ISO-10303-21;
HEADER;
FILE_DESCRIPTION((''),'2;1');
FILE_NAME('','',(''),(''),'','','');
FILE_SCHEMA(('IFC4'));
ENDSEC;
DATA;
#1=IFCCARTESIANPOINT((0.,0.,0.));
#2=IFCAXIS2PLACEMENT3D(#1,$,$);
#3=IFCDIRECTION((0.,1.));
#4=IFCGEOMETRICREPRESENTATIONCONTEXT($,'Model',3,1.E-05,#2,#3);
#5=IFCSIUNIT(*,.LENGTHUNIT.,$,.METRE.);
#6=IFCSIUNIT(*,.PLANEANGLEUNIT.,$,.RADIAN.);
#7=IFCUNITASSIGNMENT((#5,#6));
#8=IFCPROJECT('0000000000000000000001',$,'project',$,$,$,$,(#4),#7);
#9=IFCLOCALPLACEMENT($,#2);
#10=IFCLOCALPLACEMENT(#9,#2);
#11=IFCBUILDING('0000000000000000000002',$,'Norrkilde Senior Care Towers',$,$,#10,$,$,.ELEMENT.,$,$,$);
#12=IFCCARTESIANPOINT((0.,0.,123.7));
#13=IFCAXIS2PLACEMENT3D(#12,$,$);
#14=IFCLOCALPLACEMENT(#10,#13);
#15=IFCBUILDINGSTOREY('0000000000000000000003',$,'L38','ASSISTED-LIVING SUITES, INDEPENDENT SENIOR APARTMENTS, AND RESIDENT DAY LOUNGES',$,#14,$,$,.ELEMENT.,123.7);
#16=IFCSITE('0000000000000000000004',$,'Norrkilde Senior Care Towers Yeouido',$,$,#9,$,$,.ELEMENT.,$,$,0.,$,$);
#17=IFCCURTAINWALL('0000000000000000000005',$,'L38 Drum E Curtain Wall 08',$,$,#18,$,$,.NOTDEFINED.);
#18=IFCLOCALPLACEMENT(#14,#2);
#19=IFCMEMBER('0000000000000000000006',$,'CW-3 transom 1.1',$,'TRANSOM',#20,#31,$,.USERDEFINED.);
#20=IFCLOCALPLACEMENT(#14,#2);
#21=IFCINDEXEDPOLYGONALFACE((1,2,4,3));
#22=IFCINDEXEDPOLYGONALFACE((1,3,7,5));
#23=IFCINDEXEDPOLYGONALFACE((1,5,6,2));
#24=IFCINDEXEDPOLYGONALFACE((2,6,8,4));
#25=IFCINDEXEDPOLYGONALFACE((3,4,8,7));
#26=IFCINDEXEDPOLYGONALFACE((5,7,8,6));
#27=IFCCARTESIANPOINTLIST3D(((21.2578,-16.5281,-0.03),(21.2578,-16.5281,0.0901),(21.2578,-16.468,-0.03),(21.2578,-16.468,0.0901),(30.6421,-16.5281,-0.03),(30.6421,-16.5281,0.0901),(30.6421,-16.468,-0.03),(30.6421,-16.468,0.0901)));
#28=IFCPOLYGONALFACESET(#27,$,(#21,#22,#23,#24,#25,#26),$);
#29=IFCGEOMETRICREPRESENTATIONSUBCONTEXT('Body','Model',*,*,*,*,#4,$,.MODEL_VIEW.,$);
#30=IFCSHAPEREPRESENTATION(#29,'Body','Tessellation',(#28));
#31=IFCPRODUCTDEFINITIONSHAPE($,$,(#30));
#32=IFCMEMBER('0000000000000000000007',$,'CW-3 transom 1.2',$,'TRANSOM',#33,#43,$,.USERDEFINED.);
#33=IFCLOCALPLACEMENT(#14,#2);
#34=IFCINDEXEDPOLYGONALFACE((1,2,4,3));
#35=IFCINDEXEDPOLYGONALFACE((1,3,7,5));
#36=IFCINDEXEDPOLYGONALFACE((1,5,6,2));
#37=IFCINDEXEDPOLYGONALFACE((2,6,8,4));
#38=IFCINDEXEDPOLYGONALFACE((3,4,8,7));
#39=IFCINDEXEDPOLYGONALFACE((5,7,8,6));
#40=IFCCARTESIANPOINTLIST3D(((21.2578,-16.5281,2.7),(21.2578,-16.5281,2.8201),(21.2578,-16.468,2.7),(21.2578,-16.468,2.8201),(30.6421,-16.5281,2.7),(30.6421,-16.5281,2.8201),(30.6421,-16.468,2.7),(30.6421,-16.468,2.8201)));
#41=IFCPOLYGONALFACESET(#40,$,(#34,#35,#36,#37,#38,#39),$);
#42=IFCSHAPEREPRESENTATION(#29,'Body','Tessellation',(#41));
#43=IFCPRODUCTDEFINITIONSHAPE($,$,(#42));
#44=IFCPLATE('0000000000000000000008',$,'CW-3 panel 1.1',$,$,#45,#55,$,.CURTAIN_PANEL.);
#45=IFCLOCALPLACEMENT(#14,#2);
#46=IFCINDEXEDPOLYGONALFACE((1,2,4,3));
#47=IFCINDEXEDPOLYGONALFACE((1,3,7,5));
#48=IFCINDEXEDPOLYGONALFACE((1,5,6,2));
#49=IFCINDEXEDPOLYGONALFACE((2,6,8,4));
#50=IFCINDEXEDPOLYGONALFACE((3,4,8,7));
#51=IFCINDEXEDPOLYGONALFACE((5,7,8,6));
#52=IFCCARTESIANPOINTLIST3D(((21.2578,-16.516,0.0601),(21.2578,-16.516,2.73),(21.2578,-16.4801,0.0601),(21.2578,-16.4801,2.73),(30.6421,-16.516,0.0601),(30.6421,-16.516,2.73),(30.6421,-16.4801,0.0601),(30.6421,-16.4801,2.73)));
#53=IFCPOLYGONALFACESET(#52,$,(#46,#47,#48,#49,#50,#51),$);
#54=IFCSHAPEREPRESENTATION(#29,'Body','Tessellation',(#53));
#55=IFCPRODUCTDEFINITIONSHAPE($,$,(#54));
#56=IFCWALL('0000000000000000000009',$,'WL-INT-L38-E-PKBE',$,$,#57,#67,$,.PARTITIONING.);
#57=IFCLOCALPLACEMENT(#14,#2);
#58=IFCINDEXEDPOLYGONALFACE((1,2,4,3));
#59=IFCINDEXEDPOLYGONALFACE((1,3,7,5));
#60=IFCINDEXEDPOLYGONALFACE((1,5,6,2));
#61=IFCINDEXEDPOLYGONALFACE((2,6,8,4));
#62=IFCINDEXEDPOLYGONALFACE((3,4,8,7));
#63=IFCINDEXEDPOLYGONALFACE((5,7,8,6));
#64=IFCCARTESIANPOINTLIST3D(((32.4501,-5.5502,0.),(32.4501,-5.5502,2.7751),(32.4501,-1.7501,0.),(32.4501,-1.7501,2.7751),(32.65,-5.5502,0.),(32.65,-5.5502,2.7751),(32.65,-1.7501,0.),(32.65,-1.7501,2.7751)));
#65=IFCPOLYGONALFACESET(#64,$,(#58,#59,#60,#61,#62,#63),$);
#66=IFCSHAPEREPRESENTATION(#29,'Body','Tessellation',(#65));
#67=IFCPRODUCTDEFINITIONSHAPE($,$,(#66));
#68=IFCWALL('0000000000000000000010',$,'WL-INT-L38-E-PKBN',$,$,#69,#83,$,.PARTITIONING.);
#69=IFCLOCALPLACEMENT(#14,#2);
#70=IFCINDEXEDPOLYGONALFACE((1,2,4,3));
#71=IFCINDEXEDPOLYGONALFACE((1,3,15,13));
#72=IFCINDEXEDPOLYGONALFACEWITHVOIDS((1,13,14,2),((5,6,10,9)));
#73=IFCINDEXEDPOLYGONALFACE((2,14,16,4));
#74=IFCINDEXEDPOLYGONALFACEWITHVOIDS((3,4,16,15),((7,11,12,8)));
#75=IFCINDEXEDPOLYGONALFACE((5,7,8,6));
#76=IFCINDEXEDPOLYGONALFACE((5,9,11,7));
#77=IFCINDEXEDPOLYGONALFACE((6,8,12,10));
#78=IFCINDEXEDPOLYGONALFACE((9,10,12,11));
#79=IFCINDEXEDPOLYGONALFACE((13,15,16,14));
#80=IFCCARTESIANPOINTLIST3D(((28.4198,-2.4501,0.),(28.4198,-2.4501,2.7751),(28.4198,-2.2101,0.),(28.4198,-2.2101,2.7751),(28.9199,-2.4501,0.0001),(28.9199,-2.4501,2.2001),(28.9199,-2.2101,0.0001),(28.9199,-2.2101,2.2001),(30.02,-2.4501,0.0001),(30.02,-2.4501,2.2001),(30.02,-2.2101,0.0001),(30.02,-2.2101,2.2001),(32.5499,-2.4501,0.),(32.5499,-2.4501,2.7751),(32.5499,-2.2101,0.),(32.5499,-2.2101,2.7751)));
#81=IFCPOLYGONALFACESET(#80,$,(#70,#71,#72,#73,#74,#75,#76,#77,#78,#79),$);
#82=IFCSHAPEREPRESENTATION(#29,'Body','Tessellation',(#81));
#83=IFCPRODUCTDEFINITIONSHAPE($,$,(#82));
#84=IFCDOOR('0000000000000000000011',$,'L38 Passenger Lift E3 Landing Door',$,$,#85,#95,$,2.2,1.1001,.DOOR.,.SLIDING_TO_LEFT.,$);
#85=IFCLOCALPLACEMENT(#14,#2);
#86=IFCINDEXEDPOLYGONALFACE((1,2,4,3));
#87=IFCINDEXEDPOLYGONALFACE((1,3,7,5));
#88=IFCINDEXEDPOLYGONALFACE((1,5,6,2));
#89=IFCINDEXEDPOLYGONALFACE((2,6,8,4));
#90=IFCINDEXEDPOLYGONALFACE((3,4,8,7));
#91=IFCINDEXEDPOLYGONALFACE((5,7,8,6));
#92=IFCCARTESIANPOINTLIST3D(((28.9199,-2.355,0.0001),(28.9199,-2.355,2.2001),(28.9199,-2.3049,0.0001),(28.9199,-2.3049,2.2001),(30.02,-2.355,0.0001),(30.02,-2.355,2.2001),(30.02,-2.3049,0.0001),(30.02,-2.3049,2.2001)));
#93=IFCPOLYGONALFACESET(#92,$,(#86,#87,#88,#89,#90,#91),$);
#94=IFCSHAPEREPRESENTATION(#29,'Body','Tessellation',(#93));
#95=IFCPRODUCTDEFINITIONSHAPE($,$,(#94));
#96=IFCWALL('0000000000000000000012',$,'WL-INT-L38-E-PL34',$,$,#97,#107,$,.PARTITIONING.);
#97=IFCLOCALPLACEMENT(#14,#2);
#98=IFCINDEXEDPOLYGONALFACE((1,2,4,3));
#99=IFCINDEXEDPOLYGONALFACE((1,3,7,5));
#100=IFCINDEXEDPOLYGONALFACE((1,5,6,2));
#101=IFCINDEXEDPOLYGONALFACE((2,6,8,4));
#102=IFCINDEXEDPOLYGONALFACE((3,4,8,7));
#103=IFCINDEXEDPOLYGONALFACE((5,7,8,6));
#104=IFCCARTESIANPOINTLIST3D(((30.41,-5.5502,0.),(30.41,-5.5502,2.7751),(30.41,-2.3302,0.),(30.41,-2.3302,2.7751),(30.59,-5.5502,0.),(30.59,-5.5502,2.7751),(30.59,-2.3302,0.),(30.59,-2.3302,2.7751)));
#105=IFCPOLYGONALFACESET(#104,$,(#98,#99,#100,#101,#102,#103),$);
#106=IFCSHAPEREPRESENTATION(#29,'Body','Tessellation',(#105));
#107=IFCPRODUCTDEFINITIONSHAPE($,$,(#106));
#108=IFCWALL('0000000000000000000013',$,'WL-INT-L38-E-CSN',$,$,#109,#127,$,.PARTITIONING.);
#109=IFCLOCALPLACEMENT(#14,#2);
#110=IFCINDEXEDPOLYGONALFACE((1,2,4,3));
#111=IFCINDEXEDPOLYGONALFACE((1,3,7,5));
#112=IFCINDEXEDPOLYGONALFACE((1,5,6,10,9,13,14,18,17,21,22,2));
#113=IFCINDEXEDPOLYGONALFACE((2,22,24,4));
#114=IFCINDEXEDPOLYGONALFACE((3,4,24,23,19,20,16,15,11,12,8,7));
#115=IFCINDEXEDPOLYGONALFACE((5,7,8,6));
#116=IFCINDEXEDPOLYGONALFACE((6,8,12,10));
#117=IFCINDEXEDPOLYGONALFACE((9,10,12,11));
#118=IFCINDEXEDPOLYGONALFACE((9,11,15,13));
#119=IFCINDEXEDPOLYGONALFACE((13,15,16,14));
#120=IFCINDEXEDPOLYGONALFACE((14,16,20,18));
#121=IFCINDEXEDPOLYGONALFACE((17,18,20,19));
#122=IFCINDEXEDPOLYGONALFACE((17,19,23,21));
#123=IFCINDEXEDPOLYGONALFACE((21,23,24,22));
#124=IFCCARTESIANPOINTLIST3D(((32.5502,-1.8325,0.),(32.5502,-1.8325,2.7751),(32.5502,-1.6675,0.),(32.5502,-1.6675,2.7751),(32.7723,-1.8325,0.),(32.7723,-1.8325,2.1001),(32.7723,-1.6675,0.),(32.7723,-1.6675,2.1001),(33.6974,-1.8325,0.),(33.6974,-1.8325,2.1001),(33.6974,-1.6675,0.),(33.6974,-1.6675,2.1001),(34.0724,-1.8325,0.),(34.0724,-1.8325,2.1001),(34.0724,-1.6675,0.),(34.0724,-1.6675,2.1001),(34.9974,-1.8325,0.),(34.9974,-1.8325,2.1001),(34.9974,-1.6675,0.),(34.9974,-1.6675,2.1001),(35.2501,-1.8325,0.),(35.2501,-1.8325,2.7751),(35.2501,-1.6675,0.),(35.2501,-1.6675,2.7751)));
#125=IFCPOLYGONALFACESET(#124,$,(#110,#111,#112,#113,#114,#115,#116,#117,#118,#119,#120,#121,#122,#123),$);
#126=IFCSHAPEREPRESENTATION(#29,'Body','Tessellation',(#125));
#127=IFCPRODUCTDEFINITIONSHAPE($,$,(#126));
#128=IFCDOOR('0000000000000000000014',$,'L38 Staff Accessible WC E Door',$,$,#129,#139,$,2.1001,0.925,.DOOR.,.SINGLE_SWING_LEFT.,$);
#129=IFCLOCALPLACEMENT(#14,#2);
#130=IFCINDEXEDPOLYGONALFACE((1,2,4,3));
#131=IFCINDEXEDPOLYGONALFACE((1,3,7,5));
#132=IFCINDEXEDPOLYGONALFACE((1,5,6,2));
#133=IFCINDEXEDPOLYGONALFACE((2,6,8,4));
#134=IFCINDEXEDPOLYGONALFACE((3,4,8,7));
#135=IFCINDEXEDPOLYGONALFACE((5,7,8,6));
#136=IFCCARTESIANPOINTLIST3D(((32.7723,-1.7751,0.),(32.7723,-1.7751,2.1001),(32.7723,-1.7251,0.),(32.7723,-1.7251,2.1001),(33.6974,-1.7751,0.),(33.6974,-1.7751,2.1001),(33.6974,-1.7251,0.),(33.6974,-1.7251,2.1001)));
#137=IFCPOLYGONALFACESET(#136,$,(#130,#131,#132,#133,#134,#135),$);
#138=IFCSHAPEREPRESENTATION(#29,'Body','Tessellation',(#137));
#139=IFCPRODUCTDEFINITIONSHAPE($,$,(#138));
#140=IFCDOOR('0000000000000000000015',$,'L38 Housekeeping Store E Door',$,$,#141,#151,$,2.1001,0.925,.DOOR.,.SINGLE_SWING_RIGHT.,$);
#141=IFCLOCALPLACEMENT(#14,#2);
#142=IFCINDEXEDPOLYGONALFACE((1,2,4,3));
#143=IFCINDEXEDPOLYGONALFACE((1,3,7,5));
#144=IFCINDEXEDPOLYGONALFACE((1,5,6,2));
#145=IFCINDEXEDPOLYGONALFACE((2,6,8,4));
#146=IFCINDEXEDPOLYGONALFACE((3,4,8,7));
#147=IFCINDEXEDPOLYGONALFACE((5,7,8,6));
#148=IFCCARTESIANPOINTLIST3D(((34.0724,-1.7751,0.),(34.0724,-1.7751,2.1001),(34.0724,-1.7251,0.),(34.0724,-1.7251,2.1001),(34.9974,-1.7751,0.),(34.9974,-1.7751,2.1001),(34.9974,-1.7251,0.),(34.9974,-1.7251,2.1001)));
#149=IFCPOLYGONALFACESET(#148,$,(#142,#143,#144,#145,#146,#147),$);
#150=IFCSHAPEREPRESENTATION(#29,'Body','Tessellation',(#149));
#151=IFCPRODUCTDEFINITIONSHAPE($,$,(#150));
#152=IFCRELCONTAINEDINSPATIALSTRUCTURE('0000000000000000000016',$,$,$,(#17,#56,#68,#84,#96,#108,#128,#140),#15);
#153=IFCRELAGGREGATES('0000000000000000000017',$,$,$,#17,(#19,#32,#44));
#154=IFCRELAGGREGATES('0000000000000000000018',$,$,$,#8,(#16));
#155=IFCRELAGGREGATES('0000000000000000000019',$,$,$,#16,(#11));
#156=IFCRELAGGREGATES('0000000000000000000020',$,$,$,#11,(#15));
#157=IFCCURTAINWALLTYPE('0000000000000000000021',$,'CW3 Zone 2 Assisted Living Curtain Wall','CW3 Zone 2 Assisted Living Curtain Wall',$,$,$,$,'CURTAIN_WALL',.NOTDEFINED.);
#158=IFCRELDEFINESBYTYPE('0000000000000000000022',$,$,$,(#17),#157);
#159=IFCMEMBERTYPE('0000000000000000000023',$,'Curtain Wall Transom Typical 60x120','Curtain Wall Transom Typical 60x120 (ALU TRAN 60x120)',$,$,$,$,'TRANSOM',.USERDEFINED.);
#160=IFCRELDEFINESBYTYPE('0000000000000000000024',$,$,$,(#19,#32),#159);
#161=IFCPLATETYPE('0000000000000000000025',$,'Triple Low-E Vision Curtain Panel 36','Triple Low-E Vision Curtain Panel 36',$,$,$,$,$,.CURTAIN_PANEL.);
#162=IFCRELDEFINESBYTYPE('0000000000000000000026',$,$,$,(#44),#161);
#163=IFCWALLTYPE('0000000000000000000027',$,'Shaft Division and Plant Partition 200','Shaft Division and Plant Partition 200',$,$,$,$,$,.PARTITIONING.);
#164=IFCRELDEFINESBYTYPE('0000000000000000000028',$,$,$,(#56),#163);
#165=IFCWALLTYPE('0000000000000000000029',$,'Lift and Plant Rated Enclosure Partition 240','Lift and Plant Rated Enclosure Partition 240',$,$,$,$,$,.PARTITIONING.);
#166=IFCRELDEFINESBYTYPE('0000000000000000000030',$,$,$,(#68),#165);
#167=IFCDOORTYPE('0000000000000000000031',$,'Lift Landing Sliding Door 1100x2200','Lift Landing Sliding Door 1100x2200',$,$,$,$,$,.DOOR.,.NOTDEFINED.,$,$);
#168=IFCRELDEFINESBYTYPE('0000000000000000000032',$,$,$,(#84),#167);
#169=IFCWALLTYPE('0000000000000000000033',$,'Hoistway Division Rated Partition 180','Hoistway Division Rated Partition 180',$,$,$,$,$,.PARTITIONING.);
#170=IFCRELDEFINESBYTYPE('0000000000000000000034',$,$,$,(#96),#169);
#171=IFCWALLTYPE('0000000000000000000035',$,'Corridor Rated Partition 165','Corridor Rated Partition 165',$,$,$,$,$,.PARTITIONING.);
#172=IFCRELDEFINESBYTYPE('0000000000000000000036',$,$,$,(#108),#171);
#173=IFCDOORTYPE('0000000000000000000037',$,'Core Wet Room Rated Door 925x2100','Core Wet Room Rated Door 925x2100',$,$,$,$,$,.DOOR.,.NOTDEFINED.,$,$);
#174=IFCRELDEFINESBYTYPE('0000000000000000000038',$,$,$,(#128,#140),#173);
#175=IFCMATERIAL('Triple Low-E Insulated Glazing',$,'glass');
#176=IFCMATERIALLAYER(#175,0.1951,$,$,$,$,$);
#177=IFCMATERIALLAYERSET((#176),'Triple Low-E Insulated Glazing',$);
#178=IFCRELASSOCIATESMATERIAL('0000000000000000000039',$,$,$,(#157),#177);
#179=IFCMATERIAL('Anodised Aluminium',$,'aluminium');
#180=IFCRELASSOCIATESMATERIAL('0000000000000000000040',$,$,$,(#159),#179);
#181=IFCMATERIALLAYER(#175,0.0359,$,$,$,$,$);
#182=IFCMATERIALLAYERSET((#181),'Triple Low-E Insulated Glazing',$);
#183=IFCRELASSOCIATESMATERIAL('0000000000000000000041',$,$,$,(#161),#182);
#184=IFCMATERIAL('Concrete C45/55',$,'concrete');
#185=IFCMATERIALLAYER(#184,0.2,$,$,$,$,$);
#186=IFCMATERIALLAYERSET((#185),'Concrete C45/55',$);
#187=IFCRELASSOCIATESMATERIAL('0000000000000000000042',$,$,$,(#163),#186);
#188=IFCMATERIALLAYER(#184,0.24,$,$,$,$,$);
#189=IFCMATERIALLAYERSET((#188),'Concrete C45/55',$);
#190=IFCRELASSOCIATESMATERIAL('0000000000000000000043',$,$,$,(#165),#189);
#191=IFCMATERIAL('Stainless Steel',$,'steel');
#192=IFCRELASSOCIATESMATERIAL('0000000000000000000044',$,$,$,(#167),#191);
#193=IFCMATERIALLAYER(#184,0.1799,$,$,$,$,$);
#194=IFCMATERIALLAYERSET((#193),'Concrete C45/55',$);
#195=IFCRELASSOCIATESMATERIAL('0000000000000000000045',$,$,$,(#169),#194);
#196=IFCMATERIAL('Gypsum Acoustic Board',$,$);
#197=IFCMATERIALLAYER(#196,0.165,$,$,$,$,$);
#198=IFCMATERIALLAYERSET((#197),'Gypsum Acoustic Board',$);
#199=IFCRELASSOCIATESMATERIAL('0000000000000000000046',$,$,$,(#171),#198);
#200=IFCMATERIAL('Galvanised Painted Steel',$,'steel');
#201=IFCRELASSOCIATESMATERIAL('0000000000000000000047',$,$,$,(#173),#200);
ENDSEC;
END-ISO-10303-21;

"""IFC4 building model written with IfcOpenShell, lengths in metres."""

from ifc_helpers import new_model, si_unit, direction, frame, frame_2d, origin, origin_2d, place, context, subcontext, project, spatial, rectangle, extrude, source, transform, mapped, material, layer, layer_set, material_profile, profile_set, type_object, type_shapes, element, fill, aggregate, save


model = new_model("IFC4")

# Units and contexts
model_context = context("Model", 3, precision=1e-05, world=origin(), true_north=direction((0.0, 1.0)))
body_context = subcontext(model_context, "Body", "Model", "MODEL_VIEW")
ifc_project = project(units=[si_unit("LENGTHUNIT", "METRE"), si_unit("PLANEANGLEUNIT", "RADIAN")], contexts=[model_context])

# Site, building, storey
site_placement = place(None, origin())
site = spatial("IfcSite", under=ifc_project, at=site_placement, Name="Norrkilde Senior Care Towers Yeouido", CompositionType="ELEMENT", RefElevation=0.0)
building_placement = place(site_placement, origin())
building = spatial("IfcBuilding", under=site, at=building_placement, Name="Norrkilde Senior Care Towers", CompositionType="ELEMENT")
storey_placement = place(building_placement, frame((0.0, 0.0, 123.7)))
storey = spatial("IfcBuildingStorey", under=building, at=storey_placement, Name="L38", Description="ASSISTED-LIVING SUITES, INDEPENDENT SENIOR APARTMENTS, AND RESIDENT DAY LOUNGES", CompositionType="ELEMENT", Elevation=123.7)

# Curtain wall
ifc_material_1 = material(Name="Triple Low-E Insulated Glazing", Category="glass")
ifc_layer_1 = layer(ifc_material_1, 0.1951)
ifc_layer_set_1 = layer_set([ifc_layer_1], Name="Triple Low-E Insulated Glazing")
curtain_wall_type = type_object("IfcCurtainWallType", Name="CW3 Zone 2 Assisted Living Curtain Wall", Description="CW3 Zone 2 Assisted Living Curtain Wall", ElementType="CURTAIN_WALL", PredefinedType="NOTDEFINED", material=ifc_layer_set_1)
curtain_wall_1_placement = place(storey_placement, origin())
curtain_wall_1 = element("IfcCurtainWall", 1, at=curtain_wall_1_placement, inside=storey, type_object=curtain_wall_type, Name="L38 Drum E Curtain Wall 08", PredefinedType="NOTDEFINED")
ifc_material_2 = material(Name="Anodised Aluminium", Category="aluminium")

# Members
ifc_material_profile_1 = material_profile(ifc_material_2, rectangle(XDim=0.0601, YDim=0.1201, at=origin_2d()), Name="ALU TRAN 60x120")
ifc_profile_set_1 = profile_set([ifc_material_profile_1], Name="Anodised Aluminium")
member_type_1 = type_object("IfcMemberType", Name="Curtain Wall Transom Typical 60x120", Description="Curtain Wall Transom Typical 60x120 (ALU TRAN 60x120)", ElementType="TRANSOM", PredefinedType="USERDEFINED", material=ifc_profile_set_1)
shared_shape_1 = source(origin(), body_context, "Body", "SweptSolid", [
    extrude(rectangle(XDim=0.0601, YDim=0.1201, at=origin_2d()), origin(), (0.0, 0.0, 1.0), 9.3843),
])
type_shapes(member_type_1, [shared_shape_1])
member_1_placement = place(storey_placement, frame((30.6421, -16.498, 0.03), z_axis=(-1.0, 0.0, 0.0), x_axis=(0.0, -1.0, 0.0)))
member_1 = element("IfcMember", 2, at=member_1_placement, type_object=member_type_1, Name="CW-3 transom 1.1", ObjectType="TRANSOM", PredefinedType="USERDEFINED", context=body_context, shape_type="MappedRepresentation", body=[
    mapped(shared_shape_1, transform((0.0, 0.0, 0.0), x_axis=(1.0, 0.0, 0.0), y_axis=(0.0, 1.0, 0.0), z_axis=(0.0, 0.0, 1.0), scale=1.0)),
])
member_2_placement = place(storey_placement, frame((30.6421, -16.498, 2.76), z_axis=(-1.0, 0.0, 0.0), x_axis=(0.0, -1.0, 0.0)))
member_2 = element("IfcMember", 3, at=member_2_placement, type_object=member_type_1, Name="CW-3 transom 1.2", ObjectType="TRANSOM", PredefinedType="USERDEFINED", context=body_context, shape_type="MappedRepresentation", body=[
    mapped(shared_shape_1, transform((0.0, 0.0, 0.0), x_axis=(1.0, 0.0, 0.0), y_axis=(0.0, 1.0, 0.0), z_axis=(0.0, 0.0, 1.0), scale=1.0)),
])

# Plate
ifc_layer_2 = layer(ifc_material_1, 0.0359)
ifc_layer_set_2 = layer_set([ifc_layer_2], Name="Triple Low-E Insulated Glazing")
plate_type = type_object("IfcPlateType", Name="Triple Low-E Vision Curtain Panel 36", Description="Triple Low-E Vision Curtain Panel 36", PredefinedType="CURTAIN_PANEL", material=ifc_layer_set_2)
shared_shape_2 = source(origin(), body_context, "Body", "SweptSolid", [
    extrude(rectangle(XDim=9.3843, YDim=0.0359, at=origin_2d()), origin(), (0.0, 0.0, 1.0), 2.6699),
])
type_shapes(plate_type, [shared_shape_2])
plate_placement = place(storey_placement, frame((25.95, -16.498, 0.0601), z_axis=(0.0, 0.0, 1.0), x_axis=(-1.0, 0.0, 0.0)))
plate = element("IfcPlate", 4, at=plate_placement, type_object=plate_type, Name="CW-3 panel 1.1", PredefinedType="CURTAIN_PANEL", context=body_context, shape_type="MappedRepresentation", body=[
    mapped(shared_shape_2, transform((0.0, 0.0, 0.0), x_axis=(1.0, 0.0, 0.0), y_axis=(0.0, 1.0, 0.0), z_axis=(0.0, 0.0, 1.0), scale=1.0)),
])
aggregate(curtain_wall_1, [member_1, member_2, plate])

# Wall
ifc_material_3 = material(Name="Concrete C45/55", Category="concrete")
ifc_layer_3 = layer(ifc_material_3, 0.2)
ifc_layer_set_3 = layer_set([ifc_layer_3], Name="Concrete C45/55")
wall_type_1 = type_object("IfcWallType", Name="Shaft Division and Plant Partition 200", Description="Shaft Division and Plant Partition 200", PredefinedType="PARTITIONING", material=ifc_layer_set_3)
shared_shape_3 = source(origin(), body_context, "Body", "SweptSolid", [
    extrude(rectangle(XDim=3.8, YDim=0.2, at=frame_2d((1.8999, 0.0))), origin(), (0.0, 0.0, 1.0), 2.7751),
])
type_shapes(wall_type_1, [shared_shape_3])
wall_1_placement = place(storey_placement, frame((32.55, -5.55, 0.0), z_axis=(0.0, 0.0, 1.0), x_axis=(0.0, 1.0, 0.0)))
element("IfcWall", 5, at=wall_1_placement, inside=storey, type_object=wall_type_1, Name="WL-INT-L38-E-PKBE", PredefinedType="PARTITIONING", context=body_context, shape_type="MappedRepresentation", body=[
    mapped(shared_shape_3, transform((0.0, 0.0, 0.0), x_axis=(1.0, 0.0, 0.0), y_axis=(0.0, 1.0, 0.0), z_axis=(0.0, 0.0, 1.0), scale=1.0)),
])

# Wall, opening, door
ifc_layer_4 = layer(ifc_material_3, 0.24)
ifc_layer_set_4 = layer_set([ifc_layer_4], Name="Concrete C45/55")
wall_type_2 = type_object("IfcWallType", Name="Lift and Plant Rated Enclosure Partition 240", Description="Lift and Plant Rated Enclosure Partition 240", PredefinedType="PARTITIONING", material=ifc_layer_set_4)
shared_shape_4 = source(origin(), body_context, "Body", "SweptSolid", [
    extrude(rectangle(XDim=4.1301, YDim=0.24, at=frame_2d((2.0649, 0.0))), origin(), (0.0, 0.0, 1.0), 2.7751),
])
type_shapes(wall_type_2, [shared_shape_4])
wall_2_placement = place(storey_placement, frame((28.4199, -2.3301, 0.0), z_axis=(0.0, 0.0, 1.0), x_axis=(1.0, 0.0, 0.0)))
wall_2 = element("IfcWall", 6, at=wall_2_placement, inside=storey, type_object=wall_type_2, Name="WL-INT-L38-E-PKBN", PredefinedType="PARTITIONING", context=body_context, shape_type="MappedRepresentation", body=[
    mapped(shared_shape_4, transform((0.0, 0.0, 0.0), x_axis=(1.0, 0.0, 0.0), y_axis=(0.0, 1.0, 0.0), z_axis=(0.0, 0.0, 1.0), scale=1.0)),
])
opening_1_placement = place(wall_2_placement, frame((0.5, 0.0, 0.0)))
opening_1 = element("IfcOpeningElement", 7, at=opening_1_placement, cuts=wall_2, PredefinedType="OPENING", context=body_context, shape_type="SweptSolid", body=[
    extrude(rectangle(XDim=1.1001, YDim=2.2, at=frame_2d((0.55, 1.1001))), frame((0.0, 0.1299, 0.0), z_axis=(0.0, -1.0, 0.0), x_axis=(1.0, 0.0, 0.0)), (0.0, 0.0, 1.0), 0.26),
])
ifc_material_4 = material(Name="Stainless Steel", Category="steel")
door_type_1 = type_object("IfcDoorType", Name="Lift Landing Sliding Door 1100x2200", Description="Lift Landing Sliding Door 1100x2200", OperationType="NOTDEFINED", PredefinedType="DOOR", material=ifc_material_4)
shared_shape_5 = source(origin(), body_context, "Body", "SweptSolid", [
    extrude(rectangle(XDim=1.1001, YDim=2.2, at=frame_2d((0.55, 1.1001))), frame((0.0, 0.0249, 0.0), z_axis=(0.0, -1.0, 0.0), x_axis=(1.0, 0.0, 0.0)), (0.0, 0.0, 1.0), 0.05),
])
type_shapes(door_type_1, [shared_shape_5])
door_1_placement = place(opening_1_placement, frame((1.1001, 0.0, 0.0), z_axis=(0.0, 0.0, 1.0), x_axis=(-1.0, 0.0, 0.0)))
door_1 = element("IfcDoor", 8, at=door_1_placement, inside=storey, type_object=door_type_1, Name="L38 Passenger Lift E3 Landing Door", OperationType="SLIDING_TO_LEFT", OverallHeight=2.2, OverallWidth=1.1001, PredefinedType="DOOR", context=body_context, shape_type="MappedRepresentation", body=[
    mapped(shared_shape_5, transform((0.0, 0.0, 0.0), x_axis=(1.0, 0.0, 0.0), y_axis=(0.0, 1.0, 0.0), z_axis=(0.0, 0.0, 1.0), scale=1.0)),
])
fill(opening_1, door_1)

# Wall
ifc_layer_5 = layer(ifc_material_3, 0.1799)
ifc_layer_set_5 = layer_set([ifc_layer_5], Name="Concrete C45/55")
wall_type_3 = type_object("IfcWallType", Name="Hoistway Division Rated Partition 180", Description="Hoistway Division Rated Partition 180", PredefinedType="PARTITIONING", material=ifc_layer_set_5)
shared_shape_6 = source(origin(), body_context, "Body", "SweptSolid", [
    extrude(rectangle(XDim=3.22, YDim=0.1799, at=frame_2d((1.6099, 0.0))), origin(), (0.0, 0.0, 1.0), 2.7751),
])
type_shapes(wall_type_3, [shared_shape_6])
wall_3_placement = place(storey_placement, frame((30.5, -5.55, 0.0), z_axis=(0.0, 0.0, 1.0), x_axis=(0.0, 1.0, 0.0)))
element("IfcWall", 9, at=wall_3_placement, inside=storey, type_object=wall_type_3, Name="WL-INT-L38-E-PL34", PredefinedType="PARTITIONING", context=body_context, shape_type="MappedRepresentation", body=[
    mapped(shared_shape_6, transform((0.0, 0.0, 0.0), x_axis=(1.0, 0.0, 0.0), y_axis=(0.0, 1.0, 0.0), z_axis=(0.0, 0.0, 1.0), scale=1.0)),
])

# Wall, openings, doors
ifc_material_5 = material(Name="Gypsum Acoustic Board")
ifc_layer_6 = layer(ifc_material_5, 0.165)
ifc_layer_set_6 = layer_set([ifc_layer_6], Name="Gypsum Acoustic Board")
wall_type_4 = type_object("IfcWallType", Name="Corridor Rated Partition 165", Description="Corridor Rated Partition 165", PredefinedType="PARTITIONING", material=ifc_layer_set_6)
shared_shape_7 = source(origin(), body_context, "Body", "SweptSolid", [
    extrude(rectangle(XDim=2.7, YDim=0.165, at=frame_2d((1.3501, 0.0))), origin(), (0.0, 0.0, 1.0), 2.7751),
])
wall_4_placement = place(storey_placement, frame((32.55, -1.75, 0.0), z_axis=(0.0, 0.0, 1.0), x_axis=(1.0, 0.0, 0.0)))
wall_4 = element("IfcWall", 10, at=wall_4_placement, inside=storey, type_object=wall_type_4, Name="WL-INT-L38-E-CSN", PredefinedType="PARTITIONING", context=body_context, shape_type="MappedRepresentation", body=[
    mapped(shared_shape_7, transform((0.0, 0.0, 0.0), x_axis=(1.0, 0.0, 0.0), y_axis=(0.0, 1.0, 0.0), z_axis=(0.0, 0.0, 1.0), scale=1.0)),
])
opening_2_placement = place(wall_4_placement, frame((0.2224, 0.0, 0.0)))
opening_2 = element("IfcOpeningElement", 11, at=opening_2_placement, cuts=wall_4, PredefinedType="OPENING", context=body_context, shape_type="SweptSolid", body=[
    extrude(rectangle(XDim=0.925, YDim=2.1001, at=frame_2d((0.4624, 1.05))), frame((0.0, 0.0925, 0.0), z_axis=(0.0, -1.0, 0.0), x_axis=(1.0, 0.0, 0.0)), (0.0, 0.0, 1.0), 0.1851),
])
opening_3_placement = place(wall_4_placement, frame((1.5225, 0.0, 0.0)))
opening_3 = element("IfcOpeningElement", 12, at=opening_3_placement, cuts=wall_4, PredefinedType="OPENING", context=body_context, shape_type="SweptSolid", body=[
    extrude(rectangle(XDim=0.925, YDim=2.1001, at=frame_2d((0.4624, 1.05))), frame((0.0, 0.0925, 0.0), z_axis=(0.0, -1.0, 0.0), x_axis=(1.0, 0.0, 0.0)), (0.0, 0.0, 1.0), 0.1851),
])
ifc_material_6 = material(Name="Galvanised Painted Steel", Category="steel")
door_type_2 = type_object("IfcDoorType", Name="Core Wet Room Rated Door 925x2100", Description="Core Wet Room Rated Door 925x2100", OperationType="NOTDEFINED", PredefinedType="DOOR", material=ifc_material_6)
shared_shape_8 = source(origin(), body_context, "Body", "SweptSolid", [
    extrude(rectangle(XDim=0.925, YDim=2.1001, at=frame_2d((0.4624, 1.05))), frame((0.0, 0.0249, 0.0), z_axis=(0.0, -1.0, 0.0), x_axis=(1.0, 0.0, 0.0)), (0.0, 0.0, 1.0), 0.05),
])
type_shapes(door_type_2, [shared_shape_8])
door_2_placement = place(opening_2_placement, origin())
door_2 = element("IfcDoor", 13, at=door_2_placement, inside=storey, type_object=door_type_2, Name="L38 Staff Accessible WC E Door", OperationType="SINGLE_SWING_LEFT", OverallHeight=2.1001, OverallWidth=0.925, PredefinedType="DOOR", context=body_context, shape_type="MappedRepresentation", body=[
    mapped(shared_shape_8, transform((0.0, 0.0, 0.0), x_axis=(1.0, 0.0, 0.0), y_axis=(0.0, 1.0, 0.0), z_axis=(0.0, 0.0, 1.0), scale=1.0)),
])
fill(opening_2, door_2)
door_3_placement = place(opening_3_placement, origin())
door_3 = element("IfcDoor", 14, at=door_3_placement, inside=storey, type_object=door_type_2, Name="L38 Housekeeping Store E Door", OperationType="SINGLE_SWING_RIGHT", OverallHeight=2.1001, OverallWidth=0.925, PredefinedType="DOOR", context=body_context, shape_type="MappedRepresentation", body=[
    mapped(shared_shape_8, transform((0.0, 0.0, 0.0), x_axis=(1.0, 0.0, 0.0), y_axis=(0.0, 1.0, 0.0), z_axis=(0.0, 0.0, 1.0), scale=1.0)),
])
fill(opening_3, door_3)

save(model, "model.ifc")
